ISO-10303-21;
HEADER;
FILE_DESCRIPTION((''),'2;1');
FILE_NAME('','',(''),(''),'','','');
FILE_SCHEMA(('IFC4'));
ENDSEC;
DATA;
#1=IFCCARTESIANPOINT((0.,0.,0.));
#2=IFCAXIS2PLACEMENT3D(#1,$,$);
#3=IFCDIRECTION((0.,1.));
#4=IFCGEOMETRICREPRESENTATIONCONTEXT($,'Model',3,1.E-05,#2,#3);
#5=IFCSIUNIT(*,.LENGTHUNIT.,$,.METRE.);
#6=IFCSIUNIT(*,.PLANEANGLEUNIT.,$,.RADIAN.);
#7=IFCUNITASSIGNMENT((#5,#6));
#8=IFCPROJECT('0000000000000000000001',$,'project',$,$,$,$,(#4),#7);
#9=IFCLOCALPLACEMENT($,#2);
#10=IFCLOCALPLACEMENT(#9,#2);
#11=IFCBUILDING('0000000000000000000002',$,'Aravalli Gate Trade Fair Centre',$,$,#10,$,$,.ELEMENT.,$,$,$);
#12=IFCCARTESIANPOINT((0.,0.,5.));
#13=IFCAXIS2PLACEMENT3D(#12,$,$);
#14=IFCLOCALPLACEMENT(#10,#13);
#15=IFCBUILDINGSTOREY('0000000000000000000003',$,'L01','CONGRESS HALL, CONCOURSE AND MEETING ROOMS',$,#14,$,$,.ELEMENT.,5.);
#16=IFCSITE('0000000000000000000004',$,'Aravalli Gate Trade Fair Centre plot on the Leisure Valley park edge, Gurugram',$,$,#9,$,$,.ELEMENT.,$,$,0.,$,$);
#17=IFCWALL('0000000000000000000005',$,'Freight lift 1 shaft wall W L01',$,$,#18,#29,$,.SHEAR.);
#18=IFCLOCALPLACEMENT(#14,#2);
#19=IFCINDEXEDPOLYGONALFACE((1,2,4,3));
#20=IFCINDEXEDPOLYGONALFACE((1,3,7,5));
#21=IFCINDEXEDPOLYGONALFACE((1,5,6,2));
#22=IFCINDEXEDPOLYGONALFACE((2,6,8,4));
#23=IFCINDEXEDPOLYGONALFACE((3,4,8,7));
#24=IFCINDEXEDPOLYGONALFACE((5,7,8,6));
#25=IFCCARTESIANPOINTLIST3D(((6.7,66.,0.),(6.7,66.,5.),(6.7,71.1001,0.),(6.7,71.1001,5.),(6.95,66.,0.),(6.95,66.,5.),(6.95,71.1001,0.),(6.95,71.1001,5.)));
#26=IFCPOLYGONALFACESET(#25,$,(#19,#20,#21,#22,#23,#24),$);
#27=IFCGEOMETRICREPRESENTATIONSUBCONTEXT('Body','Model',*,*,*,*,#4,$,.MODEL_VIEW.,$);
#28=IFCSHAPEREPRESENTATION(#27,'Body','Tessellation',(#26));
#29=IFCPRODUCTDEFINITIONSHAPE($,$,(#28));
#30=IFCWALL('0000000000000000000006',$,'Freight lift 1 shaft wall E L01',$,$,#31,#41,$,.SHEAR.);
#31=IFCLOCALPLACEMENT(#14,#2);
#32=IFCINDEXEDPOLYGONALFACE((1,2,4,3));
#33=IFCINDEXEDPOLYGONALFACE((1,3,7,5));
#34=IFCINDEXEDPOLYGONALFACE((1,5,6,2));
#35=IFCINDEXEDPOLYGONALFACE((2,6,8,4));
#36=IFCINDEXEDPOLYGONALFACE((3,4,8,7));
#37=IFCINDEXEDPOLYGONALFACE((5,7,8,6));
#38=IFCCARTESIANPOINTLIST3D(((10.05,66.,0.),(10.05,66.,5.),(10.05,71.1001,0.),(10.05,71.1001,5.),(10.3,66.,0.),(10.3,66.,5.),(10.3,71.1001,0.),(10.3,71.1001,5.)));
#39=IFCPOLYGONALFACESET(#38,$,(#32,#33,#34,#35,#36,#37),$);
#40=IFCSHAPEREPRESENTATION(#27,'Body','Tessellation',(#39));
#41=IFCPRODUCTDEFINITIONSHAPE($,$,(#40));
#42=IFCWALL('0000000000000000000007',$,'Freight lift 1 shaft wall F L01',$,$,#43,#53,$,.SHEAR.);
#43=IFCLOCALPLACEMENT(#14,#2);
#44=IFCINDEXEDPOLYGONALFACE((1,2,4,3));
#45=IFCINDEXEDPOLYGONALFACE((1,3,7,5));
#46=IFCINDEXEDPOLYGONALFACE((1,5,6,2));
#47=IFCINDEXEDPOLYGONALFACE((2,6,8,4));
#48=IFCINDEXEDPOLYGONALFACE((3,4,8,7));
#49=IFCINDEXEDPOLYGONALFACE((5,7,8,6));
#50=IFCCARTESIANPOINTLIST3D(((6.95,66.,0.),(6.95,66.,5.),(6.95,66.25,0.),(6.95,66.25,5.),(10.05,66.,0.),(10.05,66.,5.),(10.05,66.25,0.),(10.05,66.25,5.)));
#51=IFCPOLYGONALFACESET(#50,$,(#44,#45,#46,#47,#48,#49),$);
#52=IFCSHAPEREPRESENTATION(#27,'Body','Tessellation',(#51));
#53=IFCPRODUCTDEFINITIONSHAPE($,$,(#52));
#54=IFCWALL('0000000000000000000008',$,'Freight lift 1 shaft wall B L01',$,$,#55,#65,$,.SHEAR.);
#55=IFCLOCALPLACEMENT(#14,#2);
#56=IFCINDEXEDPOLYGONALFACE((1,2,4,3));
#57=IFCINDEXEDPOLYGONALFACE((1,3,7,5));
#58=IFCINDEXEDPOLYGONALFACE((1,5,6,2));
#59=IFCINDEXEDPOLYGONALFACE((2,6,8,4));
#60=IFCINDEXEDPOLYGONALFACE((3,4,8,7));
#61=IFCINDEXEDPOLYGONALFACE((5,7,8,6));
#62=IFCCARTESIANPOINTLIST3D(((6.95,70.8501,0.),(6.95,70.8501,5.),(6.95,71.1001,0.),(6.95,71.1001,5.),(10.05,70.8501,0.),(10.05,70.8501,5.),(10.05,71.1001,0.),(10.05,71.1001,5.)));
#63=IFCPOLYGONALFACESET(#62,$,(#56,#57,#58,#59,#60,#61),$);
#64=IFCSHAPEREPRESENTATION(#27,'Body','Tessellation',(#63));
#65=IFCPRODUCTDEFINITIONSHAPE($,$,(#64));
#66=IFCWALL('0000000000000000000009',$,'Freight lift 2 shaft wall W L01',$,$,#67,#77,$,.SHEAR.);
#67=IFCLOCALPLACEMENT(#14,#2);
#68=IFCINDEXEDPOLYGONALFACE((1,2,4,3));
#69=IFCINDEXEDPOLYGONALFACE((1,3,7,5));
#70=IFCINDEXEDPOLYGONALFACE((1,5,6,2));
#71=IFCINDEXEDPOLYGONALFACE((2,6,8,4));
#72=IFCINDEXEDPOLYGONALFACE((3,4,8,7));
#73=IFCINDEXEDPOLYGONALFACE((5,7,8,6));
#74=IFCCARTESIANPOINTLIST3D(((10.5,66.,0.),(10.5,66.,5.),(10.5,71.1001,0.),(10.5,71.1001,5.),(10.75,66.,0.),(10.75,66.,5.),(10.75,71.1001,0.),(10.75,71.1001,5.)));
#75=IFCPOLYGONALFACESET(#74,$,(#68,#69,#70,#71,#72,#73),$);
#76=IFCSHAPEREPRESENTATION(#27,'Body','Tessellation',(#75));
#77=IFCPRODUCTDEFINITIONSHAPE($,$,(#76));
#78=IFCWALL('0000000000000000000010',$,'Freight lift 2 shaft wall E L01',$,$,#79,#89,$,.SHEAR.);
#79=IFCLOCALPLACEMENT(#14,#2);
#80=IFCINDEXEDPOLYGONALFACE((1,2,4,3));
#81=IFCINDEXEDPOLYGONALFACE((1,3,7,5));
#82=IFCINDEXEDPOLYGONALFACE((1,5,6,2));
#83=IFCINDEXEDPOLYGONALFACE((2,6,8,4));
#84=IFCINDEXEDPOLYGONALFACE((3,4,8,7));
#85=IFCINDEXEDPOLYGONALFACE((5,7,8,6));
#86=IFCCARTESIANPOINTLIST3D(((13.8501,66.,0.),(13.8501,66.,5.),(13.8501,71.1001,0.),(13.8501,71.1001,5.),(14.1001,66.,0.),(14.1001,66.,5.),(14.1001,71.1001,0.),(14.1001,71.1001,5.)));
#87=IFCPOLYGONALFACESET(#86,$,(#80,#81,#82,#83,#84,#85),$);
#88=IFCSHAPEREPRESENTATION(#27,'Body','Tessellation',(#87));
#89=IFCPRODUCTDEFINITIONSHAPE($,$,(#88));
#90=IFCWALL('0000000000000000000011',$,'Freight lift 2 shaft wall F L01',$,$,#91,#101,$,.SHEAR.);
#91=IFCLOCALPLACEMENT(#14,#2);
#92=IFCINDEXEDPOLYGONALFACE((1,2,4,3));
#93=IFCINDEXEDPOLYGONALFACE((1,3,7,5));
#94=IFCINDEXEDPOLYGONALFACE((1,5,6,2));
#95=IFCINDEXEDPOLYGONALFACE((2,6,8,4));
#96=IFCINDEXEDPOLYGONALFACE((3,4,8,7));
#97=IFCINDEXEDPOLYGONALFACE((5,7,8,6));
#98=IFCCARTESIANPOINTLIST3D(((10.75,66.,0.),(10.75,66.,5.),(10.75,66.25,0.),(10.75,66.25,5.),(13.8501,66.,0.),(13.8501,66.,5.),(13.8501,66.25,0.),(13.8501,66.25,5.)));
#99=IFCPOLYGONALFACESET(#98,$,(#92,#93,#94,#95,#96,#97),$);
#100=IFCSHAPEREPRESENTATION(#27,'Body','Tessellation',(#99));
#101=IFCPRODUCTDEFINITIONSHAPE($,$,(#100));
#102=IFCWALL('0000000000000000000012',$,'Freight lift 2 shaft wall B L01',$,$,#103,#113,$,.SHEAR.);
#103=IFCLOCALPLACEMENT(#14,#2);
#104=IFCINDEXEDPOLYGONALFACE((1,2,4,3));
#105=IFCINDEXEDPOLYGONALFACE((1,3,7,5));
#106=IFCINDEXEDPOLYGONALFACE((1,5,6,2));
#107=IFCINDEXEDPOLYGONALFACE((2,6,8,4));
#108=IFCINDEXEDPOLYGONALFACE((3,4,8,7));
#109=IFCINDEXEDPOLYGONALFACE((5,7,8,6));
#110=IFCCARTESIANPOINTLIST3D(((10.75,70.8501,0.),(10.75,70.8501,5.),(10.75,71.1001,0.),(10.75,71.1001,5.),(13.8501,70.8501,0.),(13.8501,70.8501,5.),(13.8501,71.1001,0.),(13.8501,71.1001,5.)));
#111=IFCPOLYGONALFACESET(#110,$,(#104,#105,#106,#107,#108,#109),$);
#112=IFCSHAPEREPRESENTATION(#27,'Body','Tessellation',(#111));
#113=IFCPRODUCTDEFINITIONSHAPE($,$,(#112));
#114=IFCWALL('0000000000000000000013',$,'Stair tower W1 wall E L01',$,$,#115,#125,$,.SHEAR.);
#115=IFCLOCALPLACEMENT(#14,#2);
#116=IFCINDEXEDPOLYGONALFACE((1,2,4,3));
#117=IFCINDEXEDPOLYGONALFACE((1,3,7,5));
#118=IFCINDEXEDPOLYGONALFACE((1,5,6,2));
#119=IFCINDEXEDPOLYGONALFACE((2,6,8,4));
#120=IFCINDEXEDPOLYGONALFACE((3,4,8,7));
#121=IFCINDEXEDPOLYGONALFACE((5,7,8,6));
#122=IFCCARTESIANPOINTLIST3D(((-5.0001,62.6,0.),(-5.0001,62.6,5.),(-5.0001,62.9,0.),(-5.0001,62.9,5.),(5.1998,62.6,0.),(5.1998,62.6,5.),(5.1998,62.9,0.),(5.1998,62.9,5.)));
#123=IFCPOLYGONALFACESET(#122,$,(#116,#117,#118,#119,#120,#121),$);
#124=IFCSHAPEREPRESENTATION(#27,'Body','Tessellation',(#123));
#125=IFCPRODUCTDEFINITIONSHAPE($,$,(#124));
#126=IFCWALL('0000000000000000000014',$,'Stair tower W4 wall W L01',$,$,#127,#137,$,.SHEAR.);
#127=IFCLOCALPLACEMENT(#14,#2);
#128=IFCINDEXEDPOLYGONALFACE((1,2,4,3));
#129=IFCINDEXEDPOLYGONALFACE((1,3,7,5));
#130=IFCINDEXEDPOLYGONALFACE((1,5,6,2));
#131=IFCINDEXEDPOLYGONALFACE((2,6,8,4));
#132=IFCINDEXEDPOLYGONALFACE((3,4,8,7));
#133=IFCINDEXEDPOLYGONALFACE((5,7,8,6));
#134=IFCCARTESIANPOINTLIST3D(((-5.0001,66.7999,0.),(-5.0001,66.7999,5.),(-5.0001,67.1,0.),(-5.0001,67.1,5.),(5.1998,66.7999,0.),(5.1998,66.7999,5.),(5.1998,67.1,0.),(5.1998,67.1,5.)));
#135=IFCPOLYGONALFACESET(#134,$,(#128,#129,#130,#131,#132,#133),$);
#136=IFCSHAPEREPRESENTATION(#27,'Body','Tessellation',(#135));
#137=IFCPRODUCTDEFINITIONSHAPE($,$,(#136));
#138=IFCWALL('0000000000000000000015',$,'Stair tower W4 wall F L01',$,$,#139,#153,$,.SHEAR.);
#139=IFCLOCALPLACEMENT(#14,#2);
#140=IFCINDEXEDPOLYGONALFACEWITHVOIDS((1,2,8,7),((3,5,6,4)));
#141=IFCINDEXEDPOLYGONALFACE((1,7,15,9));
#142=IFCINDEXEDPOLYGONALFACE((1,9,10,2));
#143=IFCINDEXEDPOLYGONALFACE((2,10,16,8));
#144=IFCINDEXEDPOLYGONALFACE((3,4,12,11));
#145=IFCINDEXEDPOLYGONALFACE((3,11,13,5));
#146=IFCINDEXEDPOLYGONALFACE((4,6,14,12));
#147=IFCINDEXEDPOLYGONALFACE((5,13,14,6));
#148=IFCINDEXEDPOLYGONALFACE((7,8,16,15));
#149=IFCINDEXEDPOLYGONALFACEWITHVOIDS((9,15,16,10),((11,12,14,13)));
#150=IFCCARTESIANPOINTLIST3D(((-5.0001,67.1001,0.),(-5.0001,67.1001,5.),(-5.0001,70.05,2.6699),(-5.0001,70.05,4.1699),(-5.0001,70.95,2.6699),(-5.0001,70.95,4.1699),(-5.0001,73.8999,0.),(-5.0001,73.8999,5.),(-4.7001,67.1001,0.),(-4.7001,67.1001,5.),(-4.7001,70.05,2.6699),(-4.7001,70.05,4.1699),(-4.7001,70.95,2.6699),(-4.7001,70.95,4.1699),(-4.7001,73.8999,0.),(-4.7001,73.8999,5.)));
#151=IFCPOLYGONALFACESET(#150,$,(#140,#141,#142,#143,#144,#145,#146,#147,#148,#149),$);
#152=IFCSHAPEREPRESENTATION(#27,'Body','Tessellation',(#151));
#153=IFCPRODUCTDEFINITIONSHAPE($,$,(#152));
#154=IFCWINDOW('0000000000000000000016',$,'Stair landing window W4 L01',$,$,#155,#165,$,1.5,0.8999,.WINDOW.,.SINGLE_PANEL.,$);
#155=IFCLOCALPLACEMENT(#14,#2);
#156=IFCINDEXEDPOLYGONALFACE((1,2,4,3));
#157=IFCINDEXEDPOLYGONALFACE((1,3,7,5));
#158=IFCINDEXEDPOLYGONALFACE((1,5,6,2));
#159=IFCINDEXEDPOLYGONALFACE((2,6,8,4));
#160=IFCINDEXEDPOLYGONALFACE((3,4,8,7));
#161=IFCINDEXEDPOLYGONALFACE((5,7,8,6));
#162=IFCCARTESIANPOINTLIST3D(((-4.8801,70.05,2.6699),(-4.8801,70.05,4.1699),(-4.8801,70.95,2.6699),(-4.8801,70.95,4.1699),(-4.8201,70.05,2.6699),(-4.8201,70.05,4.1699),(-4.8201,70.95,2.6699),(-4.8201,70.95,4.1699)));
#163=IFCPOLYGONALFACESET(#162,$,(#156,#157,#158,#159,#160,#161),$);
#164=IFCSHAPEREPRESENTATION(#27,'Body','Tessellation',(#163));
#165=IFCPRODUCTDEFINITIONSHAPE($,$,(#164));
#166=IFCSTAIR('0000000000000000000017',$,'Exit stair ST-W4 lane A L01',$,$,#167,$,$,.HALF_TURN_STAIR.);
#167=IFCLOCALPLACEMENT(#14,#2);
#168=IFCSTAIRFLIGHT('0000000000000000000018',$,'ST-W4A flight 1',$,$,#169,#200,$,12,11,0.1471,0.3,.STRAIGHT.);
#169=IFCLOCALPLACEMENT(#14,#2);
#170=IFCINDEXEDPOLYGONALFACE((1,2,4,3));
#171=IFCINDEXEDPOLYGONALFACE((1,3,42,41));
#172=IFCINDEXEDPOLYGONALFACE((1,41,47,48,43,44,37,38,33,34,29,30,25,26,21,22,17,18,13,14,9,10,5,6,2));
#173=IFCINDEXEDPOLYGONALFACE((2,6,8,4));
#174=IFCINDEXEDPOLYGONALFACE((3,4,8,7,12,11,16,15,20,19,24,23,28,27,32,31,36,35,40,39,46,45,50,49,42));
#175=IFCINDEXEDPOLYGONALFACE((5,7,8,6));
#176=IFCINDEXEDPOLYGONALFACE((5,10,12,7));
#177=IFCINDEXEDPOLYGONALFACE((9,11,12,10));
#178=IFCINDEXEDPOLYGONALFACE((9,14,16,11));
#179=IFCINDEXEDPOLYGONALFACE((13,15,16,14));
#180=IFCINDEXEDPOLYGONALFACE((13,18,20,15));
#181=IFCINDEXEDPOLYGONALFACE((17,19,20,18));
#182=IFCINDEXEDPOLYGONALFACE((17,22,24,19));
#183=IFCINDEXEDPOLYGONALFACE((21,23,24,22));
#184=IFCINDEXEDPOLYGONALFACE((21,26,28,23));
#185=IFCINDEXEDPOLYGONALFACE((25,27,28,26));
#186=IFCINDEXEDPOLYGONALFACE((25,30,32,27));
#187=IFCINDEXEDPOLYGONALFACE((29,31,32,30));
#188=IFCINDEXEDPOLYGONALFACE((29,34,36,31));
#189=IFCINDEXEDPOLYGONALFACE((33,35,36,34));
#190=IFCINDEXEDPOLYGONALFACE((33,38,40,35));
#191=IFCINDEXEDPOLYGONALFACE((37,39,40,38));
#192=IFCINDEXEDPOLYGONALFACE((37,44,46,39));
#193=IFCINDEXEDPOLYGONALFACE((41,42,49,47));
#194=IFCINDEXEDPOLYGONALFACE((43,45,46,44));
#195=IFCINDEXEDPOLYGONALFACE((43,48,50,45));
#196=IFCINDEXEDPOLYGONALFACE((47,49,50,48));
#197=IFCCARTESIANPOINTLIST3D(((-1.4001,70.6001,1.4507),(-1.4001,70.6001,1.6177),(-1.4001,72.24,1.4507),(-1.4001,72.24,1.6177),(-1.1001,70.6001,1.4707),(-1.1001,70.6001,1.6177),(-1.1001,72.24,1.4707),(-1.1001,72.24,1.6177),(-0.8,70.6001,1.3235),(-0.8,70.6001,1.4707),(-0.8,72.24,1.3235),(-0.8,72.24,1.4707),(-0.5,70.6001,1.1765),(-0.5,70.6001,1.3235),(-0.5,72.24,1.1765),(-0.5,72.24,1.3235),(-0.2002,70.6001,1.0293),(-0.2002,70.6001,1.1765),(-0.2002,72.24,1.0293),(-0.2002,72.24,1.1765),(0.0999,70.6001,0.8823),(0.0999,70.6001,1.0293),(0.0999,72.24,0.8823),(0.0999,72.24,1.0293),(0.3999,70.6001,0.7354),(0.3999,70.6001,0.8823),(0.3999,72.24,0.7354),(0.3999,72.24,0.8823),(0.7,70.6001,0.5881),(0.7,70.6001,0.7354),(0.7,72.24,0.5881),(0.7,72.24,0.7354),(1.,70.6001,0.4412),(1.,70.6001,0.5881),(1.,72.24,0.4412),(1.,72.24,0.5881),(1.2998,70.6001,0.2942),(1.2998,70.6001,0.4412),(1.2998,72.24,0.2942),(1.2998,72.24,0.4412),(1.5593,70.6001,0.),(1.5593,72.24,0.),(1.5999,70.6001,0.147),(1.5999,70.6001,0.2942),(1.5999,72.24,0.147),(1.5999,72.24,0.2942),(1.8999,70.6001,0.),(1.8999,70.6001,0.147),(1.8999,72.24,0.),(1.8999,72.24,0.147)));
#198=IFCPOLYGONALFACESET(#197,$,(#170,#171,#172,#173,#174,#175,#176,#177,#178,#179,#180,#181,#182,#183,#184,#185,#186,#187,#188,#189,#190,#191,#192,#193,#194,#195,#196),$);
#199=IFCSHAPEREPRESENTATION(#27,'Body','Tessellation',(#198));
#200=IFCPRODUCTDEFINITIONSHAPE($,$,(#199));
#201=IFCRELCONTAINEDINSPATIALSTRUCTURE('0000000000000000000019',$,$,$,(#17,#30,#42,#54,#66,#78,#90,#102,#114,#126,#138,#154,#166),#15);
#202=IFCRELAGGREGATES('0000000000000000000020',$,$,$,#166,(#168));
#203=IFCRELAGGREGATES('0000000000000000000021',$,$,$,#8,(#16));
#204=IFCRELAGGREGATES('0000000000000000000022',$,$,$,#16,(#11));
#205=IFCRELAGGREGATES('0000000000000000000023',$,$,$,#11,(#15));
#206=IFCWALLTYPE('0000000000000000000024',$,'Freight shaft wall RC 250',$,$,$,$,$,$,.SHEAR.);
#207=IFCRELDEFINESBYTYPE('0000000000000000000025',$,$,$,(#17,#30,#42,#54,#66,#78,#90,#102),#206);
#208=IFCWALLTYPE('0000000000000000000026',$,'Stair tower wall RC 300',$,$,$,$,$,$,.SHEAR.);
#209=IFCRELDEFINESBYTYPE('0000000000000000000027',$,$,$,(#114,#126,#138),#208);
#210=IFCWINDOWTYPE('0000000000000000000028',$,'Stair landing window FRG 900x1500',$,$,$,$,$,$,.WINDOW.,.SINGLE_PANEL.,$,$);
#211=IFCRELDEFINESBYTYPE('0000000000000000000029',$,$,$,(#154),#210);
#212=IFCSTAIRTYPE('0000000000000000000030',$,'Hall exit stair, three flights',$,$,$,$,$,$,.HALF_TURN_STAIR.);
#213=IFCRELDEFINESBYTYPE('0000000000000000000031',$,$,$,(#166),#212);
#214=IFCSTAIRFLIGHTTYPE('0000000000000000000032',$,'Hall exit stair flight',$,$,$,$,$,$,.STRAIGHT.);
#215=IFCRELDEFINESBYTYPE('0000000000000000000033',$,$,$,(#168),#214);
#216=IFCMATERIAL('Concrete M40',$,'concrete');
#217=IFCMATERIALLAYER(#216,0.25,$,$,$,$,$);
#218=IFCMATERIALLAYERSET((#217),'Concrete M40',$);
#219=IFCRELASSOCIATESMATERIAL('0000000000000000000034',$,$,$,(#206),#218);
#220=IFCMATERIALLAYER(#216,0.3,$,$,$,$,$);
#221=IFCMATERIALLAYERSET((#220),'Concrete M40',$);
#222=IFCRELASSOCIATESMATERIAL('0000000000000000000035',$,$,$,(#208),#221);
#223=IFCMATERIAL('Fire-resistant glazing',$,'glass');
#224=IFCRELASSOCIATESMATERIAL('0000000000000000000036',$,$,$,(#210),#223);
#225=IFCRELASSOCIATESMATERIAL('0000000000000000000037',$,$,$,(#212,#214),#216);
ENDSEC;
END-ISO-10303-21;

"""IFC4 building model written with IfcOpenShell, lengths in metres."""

from ifc_helpers import new_model, si_unit, direction, frame, frame_2d, origin, place, context, subcontext, project, spatial, polyline, rectangle, outline, extrude, material, layer, layer_set, type_object, element, fill, aggregate, save


model = new_model("IFC4")

# Units and contexts
model_context = context("Model", 3, precision=1e-05, world=origin(), true_north=direction((0.0, 1.0)))
body_context = subcontext(model_context, "Body", "Model", "MODEL_VIEW")
ifc_project = project(units=[si_unit("LENGTHUNIT", "METRE"), si_unit("PLANEANGLEUNIT", "RADIAN")], contexts=[model_context])

# Site, building, storey
site_placement = place(None, origin())
site = spatial("IfcSite", under=ifc_project, at=site_placement, Name="Aravalli Gate Trade Fair Centre plot on the Leisure Valley park edge, Gurugram", CompositionType="ELEMENT", RefElevation=0.0)
building_placement = place(site_placement, origin())
building = spatial("IfcBuilding", under=site, at=building_placement, Name="Aravalli Gate Trade Fair Centre", CompositionType="ELEMENT")
storey_placement = place(building_placement, frame((0.0, 0.0, 5.0)))
storey = spatial("IfcBuildingStorey", under=building, at=storey_placement, Name="L01", Description="CONGRESS HALL, CONCOURSE AND MEETING ROOMS", CompositionType="ELEMENT", Elevation=5.0)

# Walls
ifc_material_1 = material(Name="Concrete M40", Category="concrete")
ifc_layer_1 = layer(ifc_material_1, 0.25)
ifc_layer_set_1 = layer_set([ifc_layer_1], Name="Concrete M40")
wall_type_1 = type_object("IfcWallType", Name="Freight shaft wall RC 250", PredefinedType="SHEAR", material=ifc_layer_set_1)
for number, where, z_axis, x_axis, name in (
    (1, (6.825, 66.0, 0.0), (0.0, 0.0, 1.0), (0.0, 1.0, 0.0), "Freight lift 1 shaft wall W L01"),
    (2, (10.175, 66.0, 0.0), (0.0, 0.0, 1.0), (0.0, 1.0, 0.0), "Freight lift 1 shaft wall E L01"),
):
    element("IfcWall", number, at=place(storey_placement, frame(where, z_axis=z_axis, x_axis=x_axis)), inside=storey, type_object=wall_type_1, Name=name, PredefinedType="SHEAR", context=body_context, shape_type="SweptSolid", body=[
        extrude(rectangle(XDim=5.1001, YDim=0.25, at=frame_2d((2.55, 0.0))), origin(), (0.0, 0.0, 1.0), 5.0),
    ])
for number, where, z_axis, x_axis, name in (
    (3, (6.95, 66.125, 0.0), (0.0, 0.0, 1.0), (1.0, 0.0, 0.0), "Freight lift 1 shaft wall F L01"),
    (4, (6.95, 70.9751, 0.0), (0.0, 0.0, 1.0), (1.0, 0.0, 0.0), "Freight lift 1 shaft wall B L01"),
):
    element("IfcWall", number, at=place(storey_placement, frame(where, z_axis=z_axis, x_axis=x_axis)), inside=storey, type_object=wall_type_1, Name=name, PredefinedType="SHEAR", context=body_context, shape_type="SweptSolid", body=[
        extrude(rectangle(XDim=3.1001, YDim=0.25, at=frame_2d((1.55, 0.0))), origin(), (0.0, 0.0, 1.0), 5.0),
    ])
for number, where, z_axis, x_axis, name in (
    (5, (10.625, 66.0, 0.0), (0.0, 0.0, 1.0), (0.0, 1.0, 0.0), "Freight lift 2 shaft wall W L01"),
    (6, (13.9751, 66.0, 0.0), (0.0, 0.0, 1.0), (0.0, 1.0, 0.0), "Freight lift 2 shaft wall E L01"),
):
    element("IfcWall", number, at=place(storey_placement, frame(where, z_axis=z_axis, x_axis=x_axis)), inside=storey, type_object=wall_type_1, Name=name, PredefinedType="SHEAR", context=body_context, shape_type="SweptSolid", body=[
        extrude(rectangle(XDim=5.1001, YDim=0.25, at=frame_2d((2.55, 0.0))), origin(), (0.0, 0.0, 1.0), 5.0),
    ])
for number, where, z_axis, x_axis, name in (
    (7, (10.75, 66.125, 0.0), (0.0, 0.0, 1.0), (1.0, 0.0, 0.0), "Freight lift 2 shaft wall F L01"),
    (8, (10.75, 70.9751, 0.0), (0.0, 0.0, 1.0), (1.0, 0.0, 0.0), "Freight lift 2 shaft wall B L01"),
):
    element("IfcWall", number, at=place(storey_placement, frame(where, z_axis=z_axis, x_axis=x_axis)), inside=storey, type_object=wall_type_1, Name=name, PredefinedType="SHEAR", context=body_context, shape_type="SweptSolid", body=[
        extrude(rectangle(XDim=3.1001, YDim=0.25, at=frame_2d((1.55, 0.0))), origin(), (0.0, 0.0, 1.0), 5.0),
    ])
ifc_layer_2 = layer(ifc_material_1, 0.3)
ifc_layer_set_2 = layer_set([ifc_layer_2], Name="Concrete M40")
wall_type_2 = type_object("IfcWallType", Name="Stair tower wall RC 300", PredefinedType="SHEAR", material=ifc_layer_set_2)
for number, where, z_axis, x_axis, name in (
    (9, (5.2, 62.75, 0.0), (0.0, 0.0, 1.0), (-1.0, 0.0, 0.0), "Stair tower W1 wall E L01"),
    (10, (5.2, 66.95, 0.0), (0.0, 0.0, 1.0), (-1.0, 0.0, 0.0), "Stair tower W4 wall W L01"),
):
    element("IfcWall", number, at=place(storey_placement, frame(where, z_axis=z_axis, x_axis=x_axis)), inside=storey, type_object=wall_type_2, Name=name, PredefinedType="SHEAR", context=body_context, shape_type="SweptSolid", body=[
        extrude(rectangle(XDim=10.2, YDim=0.3, at=frame_2d((5.1001, 0.0))), origin(), (0.0, 0.0, 1.0), 5.0),
    ])

# Wall, opening, window
wall_placement = place(storey_placement, frame((-4.8501, 67.1001, 0.0), z_axis=(0.0, 0.0, 1.0), x_axis=(0.0, 1.0, 0.0)))
wall = element("IfcWall", 11, at=wall_placement, inside=storey, type_object=wall_type_2, Name="Stair tower W4 wall F L01", PredefinedType="SHEAR", context=body_context, shape_type="SweptSolid", body=[
    extrude(rectangle(XDim=6.7998, YDim=0.3, at=frame_2d((3.3999, 0.0))), origin(), (0.0, 0.0, 1.0), 5.0),
])
opening_placement = place(wall_placement, frame((2.95, 0.0, 2.6699)))
opening = element("IfcOpeningElement", 12, at=opening_placement, cuts=wall, PredefinedType="OPENING", context=body_context, shape_type="SweptSolid", body=[
    extrude(rectangle(XDim=0.8999, YDim=1.5, at=frame_2d((0.45, 0.75))), frame((0.0, 0.1599, 0.0), z_axis=(0.0, -1.0, 0.0), x_axis=(1.0, 0.0, 0.0)), (0.0, 0.0, 1.0), 0.3201),
])
ifc_material_2 = material(Name="Fire-resistant glazing", Category="glass")
window_type = type_object("IfcWindowType", Name="Stair landing window FRG 900x1500", PartitioningType="SINGLE_PANEL", PredefinedType="WINDOW", material=ifc_material_2)
window_placement = place(opening_placement, origin())
window = element("IfcWindow", 13, at=window_placement, inside=storey, type_object=window_type, Name="Stair landing window W4 L01", OverallHeight=1.5, OverallWidth=0.8999, PartitioningType="SINGLE_PANEL", PredefinedType="WINDOW", context=body_context, shape_type="SweptSolid", body=[
    extrude(rectangle(XDim=0.8999, YDim=1.5, at=frame_2d((0.45, 0.75))), frame((0.0, 0.03, 0.0), z_axis=(0.0, -1.0, 0.0), x_axis=(1.0, 0.0, 0.0)), (0.0, 0.0, 1.0), 0.0601),
])
fill(opening, window)

# Stair, stair flight
stair_type = type_object("IfcStairType", Name="Hall exit stair, three flights", PredefinedType="HALF_TURN_STAIR", material=ifc_material_1)
stair_1_placement = place(storey_placement, origin())
stair_1 = element("IfcStair", 14, at=stair_1_placement, inside=storey, type_object=stair_type, Name="Exit stair ST-W4 lane A L01", PredefinedType="HALF_TURN_STAIR")
stair_flight_type = type_object("IfcStairFlightType", Name="Hall exit stair flight", PredefinedType="STRAIGHT", material=ifc_material_1)
stair_flight_1_placement = place(storey_placement, frame((1.8999, 71.4199, 0.0), z_axis=(0.0, 0.0, 1.0), x_axis=(-1.0, 0.0, 0.0)))
stair_flight_1 = element("IfcStairFlight", 15, at=stair_flight_1_placement, type_object=stair_flight_type, Name="ST-W4A flight 1", NumberOfRisers=12, NumberOfTreads=11, PredefinedType="STRAIGHT", RiserHeight=0.1471, TreadLength=0.3, context=body_context, shape_type="SweptSolid", body=[
    extrude(outline(polyline([(0.0, 0.0), (0.0, 0.147), (0.3, 0.147), (0.3, 0.2942), (0.6001, 0.2942), (0.6001, 0.4412), (0.8999, 0.4412), (0.8999, 0.5881), (1.2, 0.5881), (1.2, 0.7354), (1.5, 0.7354), (1.5, 0.8823), (1.8, 0.8823), (1.8, 1.0293), (2.1001, 1.0293), (2.1001, 1.1765), (2.3999, 1.1765), (2.3999, 1.3235), (2.7, 1.3235), (2.7, 1.4707), (3.0, 1.4707), (3.0, 1.6177), (3.3, 1.6177), (3.3, 1.7646), (3.3, 1.4507), (0.3406, 0.0), (0.0, 0.0)])), frame((0.0, 0.8198, 0.0), z_axis=(0.0, -1.0, 0.0), x_axis=(1.0, 0.0, 0.0)), (0.0, 0.0, 1.0), 1.6399),
])
aggregate(stair_1, [stair_flight_1])

save(model, "model.ifc")
